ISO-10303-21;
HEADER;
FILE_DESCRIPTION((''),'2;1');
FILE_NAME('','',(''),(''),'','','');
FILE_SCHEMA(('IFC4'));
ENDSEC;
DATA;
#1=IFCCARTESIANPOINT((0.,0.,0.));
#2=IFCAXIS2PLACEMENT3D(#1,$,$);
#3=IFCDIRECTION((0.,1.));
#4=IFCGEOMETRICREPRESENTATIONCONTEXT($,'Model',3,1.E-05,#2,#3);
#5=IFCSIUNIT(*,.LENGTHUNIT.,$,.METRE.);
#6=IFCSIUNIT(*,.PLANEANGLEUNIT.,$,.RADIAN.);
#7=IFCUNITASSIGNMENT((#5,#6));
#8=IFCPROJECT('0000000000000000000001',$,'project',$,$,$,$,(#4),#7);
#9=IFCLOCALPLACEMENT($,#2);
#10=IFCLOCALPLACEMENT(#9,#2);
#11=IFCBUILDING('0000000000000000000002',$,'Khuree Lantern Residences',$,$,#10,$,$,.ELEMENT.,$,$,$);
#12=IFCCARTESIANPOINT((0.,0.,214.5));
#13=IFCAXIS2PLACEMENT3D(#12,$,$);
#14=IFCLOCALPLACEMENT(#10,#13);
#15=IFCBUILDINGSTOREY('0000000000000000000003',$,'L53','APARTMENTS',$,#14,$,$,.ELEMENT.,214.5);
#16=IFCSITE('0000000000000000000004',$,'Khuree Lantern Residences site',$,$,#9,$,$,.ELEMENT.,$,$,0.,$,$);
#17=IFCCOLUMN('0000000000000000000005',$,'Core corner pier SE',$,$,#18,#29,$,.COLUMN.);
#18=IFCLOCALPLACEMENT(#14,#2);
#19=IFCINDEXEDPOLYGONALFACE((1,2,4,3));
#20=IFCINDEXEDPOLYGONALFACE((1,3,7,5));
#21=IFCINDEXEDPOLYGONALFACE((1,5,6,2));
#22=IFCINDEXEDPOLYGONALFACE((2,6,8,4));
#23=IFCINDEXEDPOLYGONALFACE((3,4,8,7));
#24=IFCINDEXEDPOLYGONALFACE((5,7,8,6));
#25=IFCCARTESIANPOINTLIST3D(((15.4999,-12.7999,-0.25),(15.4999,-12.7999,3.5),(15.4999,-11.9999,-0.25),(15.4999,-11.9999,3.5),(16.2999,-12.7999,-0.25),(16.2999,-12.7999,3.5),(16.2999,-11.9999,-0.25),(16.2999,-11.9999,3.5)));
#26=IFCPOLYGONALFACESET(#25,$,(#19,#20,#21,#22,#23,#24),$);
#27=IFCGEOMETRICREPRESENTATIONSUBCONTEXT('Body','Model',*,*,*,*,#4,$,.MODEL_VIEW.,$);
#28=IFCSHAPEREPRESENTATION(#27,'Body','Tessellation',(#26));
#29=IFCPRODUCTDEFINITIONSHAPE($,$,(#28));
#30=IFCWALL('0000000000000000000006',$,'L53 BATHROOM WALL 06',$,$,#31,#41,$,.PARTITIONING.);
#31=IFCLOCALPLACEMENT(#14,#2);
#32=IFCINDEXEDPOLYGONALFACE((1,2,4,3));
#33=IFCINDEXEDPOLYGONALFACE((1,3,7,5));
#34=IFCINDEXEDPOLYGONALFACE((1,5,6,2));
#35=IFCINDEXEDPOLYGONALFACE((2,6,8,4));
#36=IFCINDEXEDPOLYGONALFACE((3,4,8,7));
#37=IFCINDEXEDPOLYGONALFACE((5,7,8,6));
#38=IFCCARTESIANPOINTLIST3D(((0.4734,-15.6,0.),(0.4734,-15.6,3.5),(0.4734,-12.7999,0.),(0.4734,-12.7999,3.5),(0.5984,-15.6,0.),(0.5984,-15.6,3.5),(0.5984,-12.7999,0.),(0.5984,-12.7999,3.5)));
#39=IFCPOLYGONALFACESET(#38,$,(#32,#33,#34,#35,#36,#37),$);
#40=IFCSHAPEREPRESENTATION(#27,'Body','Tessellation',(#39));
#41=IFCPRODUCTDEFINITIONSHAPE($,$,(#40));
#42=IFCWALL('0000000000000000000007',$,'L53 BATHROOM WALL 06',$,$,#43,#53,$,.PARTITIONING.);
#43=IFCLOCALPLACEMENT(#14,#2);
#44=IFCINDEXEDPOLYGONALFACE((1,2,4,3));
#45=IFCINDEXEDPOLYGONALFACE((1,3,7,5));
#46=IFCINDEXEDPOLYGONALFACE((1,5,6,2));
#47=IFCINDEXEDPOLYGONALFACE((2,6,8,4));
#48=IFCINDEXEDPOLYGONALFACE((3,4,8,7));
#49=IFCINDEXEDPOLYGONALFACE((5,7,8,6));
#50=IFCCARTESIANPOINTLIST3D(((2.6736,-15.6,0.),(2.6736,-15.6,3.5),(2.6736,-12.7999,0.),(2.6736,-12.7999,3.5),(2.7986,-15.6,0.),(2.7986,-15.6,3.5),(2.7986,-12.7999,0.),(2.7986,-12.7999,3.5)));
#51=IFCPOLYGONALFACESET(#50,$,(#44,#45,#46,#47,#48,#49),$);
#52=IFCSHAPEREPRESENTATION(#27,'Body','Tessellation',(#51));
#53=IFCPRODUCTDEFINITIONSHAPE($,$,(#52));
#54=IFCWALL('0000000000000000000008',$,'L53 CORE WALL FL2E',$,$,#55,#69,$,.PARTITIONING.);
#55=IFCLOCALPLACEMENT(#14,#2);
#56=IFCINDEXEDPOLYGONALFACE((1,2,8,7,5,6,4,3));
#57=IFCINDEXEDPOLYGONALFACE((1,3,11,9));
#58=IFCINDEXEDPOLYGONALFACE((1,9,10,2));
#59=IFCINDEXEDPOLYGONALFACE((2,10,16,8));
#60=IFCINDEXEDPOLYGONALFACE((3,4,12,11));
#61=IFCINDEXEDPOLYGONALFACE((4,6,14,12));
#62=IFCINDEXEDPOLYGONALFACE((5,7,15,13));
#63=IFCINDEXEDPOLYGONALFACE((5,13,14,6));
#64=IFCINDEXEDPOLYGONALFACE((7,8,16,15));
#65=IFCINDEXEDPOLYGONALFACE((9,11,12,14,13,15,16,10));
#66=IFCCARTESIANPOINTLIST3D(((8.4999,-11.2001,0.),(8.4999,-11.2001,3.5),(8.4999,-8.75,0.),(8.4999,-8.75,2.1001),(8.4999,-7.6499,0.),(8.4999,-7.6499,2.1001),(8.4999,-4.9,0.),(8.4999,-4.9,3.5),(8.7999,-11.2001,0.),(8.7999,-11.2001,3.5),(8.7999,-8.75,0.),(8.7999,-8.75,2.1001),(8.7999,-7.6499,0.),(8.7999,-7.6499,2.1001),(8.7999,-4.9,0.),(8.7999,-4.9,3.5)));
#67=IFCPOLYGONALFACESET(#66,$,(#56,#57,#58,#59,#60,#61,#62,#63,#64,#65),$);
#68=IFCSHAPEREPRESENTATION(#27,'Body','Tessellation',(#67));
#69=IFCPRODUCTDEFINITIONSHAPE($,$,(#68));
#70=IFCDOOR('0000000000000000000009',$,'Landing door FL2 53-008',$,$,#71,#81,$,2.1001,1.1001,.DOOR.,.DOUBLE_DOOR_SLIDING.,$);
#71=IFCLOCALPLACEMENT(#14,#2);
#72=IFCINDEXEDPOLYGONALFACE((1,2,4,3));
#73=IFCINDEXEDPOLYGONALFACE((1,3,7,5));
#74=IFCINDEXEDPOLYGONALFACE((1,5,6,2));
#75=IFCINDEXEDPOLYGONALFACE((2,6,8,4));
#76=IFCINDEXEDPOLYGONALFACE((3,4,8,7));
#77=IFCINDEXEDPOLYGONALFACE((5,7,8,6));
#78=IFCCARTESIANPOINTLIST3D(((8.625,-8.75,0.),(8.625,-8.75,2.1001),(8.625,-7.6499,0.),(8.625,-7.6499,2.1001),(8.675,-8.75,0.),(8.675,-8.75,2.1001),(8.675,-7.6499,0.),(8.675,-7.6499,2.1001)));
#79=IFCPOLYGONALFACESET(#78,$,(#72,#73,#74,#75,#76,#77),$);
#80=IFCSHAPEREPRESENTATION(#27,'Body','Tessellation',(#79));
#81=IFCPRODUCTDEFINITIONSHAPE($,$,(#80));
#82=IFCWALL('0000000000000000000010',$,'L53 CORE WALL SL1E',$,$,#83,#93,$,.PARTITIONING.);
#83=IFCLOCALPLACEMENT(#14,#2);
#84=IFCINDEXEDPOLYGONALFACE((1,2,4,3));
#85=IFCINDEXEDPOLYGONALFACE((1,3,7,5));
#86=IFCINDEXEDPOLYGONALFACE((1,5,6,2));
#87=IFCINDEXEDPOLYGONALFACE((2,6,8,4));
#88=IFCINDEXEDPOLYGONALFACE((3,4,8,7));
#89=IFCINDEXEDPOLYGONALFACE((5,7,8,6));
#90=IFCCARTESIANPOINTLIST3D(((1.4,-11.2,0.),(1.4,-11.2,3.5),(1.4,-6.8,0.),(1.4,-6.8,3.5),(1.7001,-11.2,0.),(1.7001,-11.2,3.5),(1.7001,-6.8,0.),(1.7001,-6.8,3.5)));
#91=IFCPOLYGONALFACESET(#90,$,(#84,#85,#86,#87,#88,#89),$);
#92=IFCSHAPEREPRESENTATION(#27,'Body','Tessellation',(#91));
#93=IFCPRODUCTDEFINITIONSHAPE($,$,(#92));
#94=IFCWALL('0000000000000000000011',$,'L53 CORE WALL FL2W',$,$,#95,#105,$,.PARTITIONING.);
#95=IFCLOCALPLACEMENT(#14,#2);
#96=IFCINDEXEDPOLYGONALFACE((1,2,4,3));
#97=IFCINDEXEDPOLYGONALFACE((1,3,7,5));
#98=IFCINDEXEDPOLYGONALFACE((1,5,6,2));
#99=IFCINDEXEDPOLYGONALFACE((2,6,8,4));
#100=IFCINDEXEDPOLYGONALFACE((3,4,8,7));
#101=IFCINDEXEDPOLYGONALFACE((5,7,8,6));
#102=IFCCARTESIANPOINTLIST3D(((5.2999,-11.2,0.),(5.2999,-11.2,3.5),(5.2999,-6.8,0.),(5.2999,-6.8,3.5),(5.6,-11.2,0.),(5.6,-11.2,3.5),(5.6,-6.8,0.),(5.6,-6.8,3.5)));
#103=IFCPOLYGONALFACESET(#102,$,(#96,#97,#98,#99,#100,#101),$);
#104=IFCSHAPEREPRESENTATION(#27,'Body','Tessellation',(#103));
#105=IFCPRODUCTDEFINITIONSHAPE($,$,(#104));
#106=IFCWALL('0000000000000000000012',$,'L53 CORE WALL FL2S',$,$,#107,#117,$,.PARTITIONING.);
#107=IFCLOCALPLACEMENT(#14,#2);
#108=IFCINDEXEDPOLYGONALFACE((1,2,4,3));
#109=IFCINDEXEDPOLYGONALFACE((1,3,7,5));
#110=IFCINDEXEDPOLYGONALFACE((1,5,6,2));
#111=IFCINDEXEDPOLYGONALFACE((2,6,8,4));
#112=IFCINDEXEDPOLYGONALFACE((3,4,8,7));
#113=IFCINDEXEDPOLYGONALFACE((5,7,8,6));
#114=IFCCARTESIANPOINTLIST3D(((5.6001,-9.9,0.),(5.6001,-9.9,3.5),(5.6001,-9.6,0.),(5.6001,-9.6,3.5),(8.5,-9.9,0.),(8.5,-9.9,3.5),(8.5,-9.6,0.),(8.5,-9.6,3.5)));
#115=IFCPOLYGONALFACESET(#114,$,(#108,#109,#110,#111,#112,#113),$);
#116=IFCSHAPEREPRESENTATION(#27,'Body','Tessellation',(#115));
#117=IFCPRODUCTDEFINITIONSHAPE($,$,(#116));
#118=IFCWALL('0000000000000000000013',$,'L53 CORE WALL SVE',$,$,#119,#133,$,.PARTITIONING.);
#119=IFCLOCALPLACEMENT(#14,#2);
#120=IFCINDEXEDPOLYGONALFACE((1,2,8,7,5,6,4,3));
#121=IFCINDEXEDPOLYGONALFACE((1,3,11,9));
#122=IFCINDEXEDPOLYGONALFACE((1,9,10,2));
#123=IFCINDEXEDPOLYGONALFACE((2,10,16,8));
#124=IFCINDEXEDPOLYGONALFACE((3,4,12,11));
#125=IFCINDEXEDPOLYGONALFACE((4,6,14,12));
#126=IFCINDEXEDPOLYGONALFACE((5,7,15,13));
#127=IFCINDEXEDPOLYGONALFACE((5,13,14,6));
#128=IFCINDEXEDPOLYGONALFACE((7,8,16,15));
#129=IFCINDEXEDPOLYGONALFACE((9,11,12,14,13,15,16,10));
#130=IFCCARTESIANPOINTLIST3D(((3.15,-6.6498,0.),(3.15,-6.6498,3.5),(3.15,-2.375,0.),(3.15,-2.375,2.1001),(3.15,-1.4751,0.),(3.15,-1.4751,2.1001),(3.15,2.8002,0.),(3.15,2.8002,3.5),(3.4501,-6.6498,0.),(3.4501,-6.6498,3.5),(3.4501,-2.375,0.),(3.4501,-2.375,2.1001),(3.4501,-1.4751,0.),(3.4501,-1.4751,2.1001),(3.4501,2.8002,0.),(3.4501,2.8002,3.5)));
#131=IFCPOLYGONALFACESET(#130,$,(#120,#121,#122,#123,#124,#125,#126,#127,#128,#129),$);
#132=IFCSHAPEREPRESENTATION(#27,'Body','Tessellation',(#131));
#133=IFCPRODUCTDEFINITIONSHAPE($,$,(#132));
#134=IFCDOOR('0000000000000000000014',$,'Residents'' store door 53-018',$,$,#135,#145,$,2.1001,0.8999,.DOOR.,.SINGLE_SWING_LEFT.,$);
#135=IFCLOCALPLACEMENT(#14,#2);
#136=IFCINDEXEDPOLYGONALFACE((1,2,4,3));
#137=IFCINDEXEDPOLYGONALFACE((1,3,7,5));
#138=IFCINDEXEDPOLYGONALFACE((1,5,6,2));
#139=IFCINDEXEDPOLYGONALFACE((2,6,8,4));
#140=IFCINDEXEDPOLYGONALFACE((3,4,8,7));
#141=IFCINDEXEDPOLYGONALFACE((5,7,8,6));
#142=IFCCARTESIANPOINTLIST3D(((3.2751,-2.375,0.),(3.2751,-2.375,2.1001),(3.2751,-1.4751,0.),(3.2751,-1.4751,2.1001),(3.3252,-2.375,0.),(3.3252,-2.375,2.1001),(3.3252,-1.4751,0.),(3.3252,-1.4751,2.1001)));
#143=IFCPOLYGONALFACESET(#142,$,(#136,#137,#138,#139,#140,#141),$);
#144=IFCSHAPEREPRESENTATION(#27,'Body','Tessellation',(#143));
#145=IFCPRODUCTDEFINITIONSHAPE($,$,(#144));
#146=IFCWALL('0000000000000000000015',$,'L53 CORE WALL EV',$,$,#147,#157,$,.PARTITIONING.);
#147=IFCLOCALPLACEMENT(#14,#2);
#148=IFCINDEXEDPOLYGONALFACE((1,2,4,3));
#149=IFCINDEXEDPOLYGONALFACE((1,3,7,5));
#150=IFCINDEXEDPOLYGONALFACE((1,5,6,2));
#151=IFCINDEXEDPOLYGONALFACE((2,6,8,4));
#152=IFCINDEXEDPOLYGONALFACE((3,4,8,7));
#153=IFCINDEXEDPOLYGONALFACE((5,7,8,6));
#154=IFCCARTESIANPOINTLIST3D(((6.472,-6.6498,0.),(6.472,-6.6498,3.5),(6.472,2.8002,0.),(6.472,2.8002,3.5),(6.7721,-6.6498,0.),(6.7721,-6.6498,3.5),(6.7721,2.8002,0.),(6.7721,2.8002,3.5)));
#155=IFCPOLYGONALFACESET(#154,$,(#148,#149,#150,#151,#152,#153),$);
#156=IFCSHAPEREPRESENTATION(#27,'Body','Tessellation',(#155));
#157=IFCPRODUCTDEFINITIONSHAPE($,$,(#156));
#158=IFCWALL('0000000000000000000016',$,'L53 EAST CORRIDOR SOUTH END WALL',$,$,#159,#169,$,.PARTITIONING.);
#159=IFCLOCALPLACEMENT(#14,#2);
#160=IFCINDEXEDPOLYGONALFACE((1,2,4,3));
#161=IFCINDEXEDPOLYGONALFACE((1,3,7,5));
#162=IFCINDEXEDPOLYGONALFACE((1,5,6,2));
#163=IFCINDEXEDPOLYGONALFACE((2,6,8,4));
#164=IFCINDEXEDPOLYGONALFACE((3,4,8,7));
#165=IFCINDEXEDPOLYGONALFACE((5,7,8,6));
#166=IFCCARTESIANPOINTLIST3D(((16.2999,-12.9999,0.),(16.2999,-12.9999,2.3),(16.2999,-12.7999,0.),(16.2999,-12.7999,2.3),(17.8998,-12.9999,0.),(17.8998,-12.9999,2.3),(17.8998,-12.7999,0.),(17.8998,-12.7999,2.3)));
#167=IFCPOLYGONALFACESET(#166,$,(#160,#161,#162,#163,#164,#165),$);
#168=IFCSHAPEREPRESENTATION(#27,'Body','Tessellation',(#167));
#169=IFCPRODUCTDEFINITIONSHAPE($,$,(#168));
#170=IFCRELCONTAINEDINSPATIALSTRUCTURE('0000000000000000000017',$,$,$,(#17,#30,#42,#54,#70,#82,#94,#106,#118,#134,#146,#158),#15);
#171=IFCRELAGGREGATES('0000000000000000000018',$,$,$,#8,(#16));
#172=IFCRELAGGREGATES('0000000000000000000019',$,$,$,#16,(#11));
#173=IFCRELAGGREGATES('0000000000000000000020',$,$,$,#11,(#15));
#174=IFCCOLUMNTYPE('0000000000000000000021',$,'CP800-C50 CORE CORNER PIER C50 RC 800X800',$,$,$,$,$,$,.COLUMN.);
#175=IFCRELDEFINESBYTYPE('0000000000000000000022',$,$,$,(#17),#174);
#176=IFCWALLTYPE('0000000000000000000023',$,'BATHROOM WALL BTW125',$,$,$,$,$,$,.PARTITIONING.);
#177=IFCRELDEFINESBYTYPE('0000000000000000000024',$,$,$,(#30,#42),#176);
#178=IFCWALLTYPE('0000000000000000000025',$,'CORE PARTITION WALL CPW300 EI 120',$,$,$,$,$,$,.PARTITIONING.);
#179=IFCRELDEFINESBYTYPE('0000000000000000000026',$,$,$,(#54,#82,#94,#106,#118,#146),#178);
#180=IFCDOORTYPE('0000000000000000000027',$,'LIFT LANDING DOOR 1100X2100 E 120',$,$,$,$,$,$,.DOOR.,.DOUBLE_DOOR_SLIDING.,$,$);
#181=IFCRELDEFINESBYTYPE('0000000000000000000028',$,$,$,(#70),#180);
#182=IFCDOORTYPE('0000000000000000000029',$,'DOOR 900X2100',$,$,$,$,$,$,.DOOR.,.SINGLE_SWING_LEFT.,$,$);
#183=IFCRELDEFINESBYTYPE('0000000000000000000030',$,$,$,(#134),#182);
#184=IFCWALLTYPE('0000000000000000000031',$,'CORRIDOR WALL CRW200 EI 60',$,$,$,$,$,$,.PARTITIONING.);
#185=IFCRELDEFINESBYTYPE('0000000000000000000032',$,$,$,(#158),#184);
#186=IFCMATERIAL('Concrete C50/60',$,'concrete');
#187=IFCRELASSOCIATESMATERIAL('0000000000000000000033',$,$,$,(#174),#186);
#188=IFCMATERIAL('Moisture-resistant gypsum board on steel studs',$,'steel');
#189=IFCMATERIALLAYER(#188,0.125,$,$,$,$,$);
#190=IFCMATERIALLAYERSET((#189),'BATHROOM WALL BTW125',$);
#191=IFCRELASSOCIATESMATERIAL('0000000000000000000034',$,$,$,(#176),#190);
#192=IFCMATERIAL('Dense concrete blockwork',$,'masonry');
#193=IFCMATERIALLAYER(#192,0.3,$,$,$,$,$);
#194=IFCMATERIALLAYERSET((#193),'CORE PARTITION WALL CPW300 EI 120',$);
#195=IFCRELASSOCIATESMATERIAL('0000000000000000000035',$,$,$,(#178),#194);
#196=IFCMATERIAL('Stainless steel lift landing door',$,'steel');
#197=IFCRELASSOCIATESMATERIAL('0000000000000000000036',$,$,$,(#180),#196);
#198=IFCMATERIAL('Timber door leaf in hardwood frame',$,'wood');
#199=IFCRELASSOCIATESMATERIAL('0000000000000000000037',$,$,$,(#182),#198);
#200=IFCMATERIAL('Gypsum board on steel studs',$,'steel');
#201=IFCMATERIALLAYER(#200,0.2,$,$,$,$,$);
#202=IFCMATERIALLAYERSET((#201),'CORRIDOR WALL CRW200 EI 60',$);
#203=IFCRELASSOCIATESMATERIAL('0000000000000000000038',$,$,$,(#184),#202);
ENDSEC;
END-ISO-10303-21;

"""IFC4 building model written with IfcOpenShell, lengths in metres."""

from ifc_helpers import new_model, si_unit, direction, frame, frame_2d, origin, origin_2d, place, context, subcontext, project, spatial, rectangle, extrude, material, layer, layer_set, material_profile, profile_set, type_object, element, fill, save


model = new_model("IFC4")

# Units and contexts
model_context = context("Model", 3, precision=1e-05, world=origin(), true_north=direction((0.0, 1.0)))
body_context = subcontext(model_context, "Body", "Model", "MODEL_VIEW")
ifc_project = project(units=[si_unit("LENGTHUNIT", "METRE"), si_unit("PLANEANGLEUNIT", "RADIAN")], contexts=[model_context])

# Site, building, storey
site_placement = place(None, origin())
site = spatial("IfcSite", under=ifc_project, at=site_placement, Name="Khuree Lantern Residences site", CompositionType="ELEMENT", RefElevation=0.0)
building_placement = place(site_placement, origin())
building = spatial("IfcBuilding", under=site, at=building_placement, Name="Khuree Lantern Residences", CompositionType="ELEMENT")
storey_placement = place(building_placement, frame((0.0, 0.0, 214.5)))
storey = spatial("IfcBuildingStorey", under=building, at=storey_placement, Name="L53", Description="APARTMENTS", CompositionType="ELEMENT", Elevation=214.5)

# Column
ifc_material_1 = material(Name="Concrete C50/60", Category="concrete")
ifc_material_profile = material_profile(ifc_material_1, rectangle(XDim=0.8, YDim=0.8, at=origin_2d()), Name="RC 800X800")
ifc_profile_set = profile_set([ifc_material_profile], Name="Concrete C50/60")
column_type = type_object("IfcColumnType", Name="CP800-C50 CORE CORNER PIER C50 RC 800X800", PredefinedType="COLUMN", material=ifc_profile_set)
column_placement = place(storey_placement, frame((15.8999, -12.3999, -0.25), z_axis=(0.0, 0.0, 1.0), x_axis=(1.0, 0.0, 0.0)))
element("IfcColumn", 1, at=column_placement, inside=storey, type_object=column_type, Name="Core corner pier SE", PredefinedType="COLUMN", context=body_context, shape_type="SweptSolid", body=[
    extrude(rectangle(XDim=0.8, YDim=0.8, at=origin_2d()), origin(), (0.0, 0.0, 1.0), 3.75),
])

# Walls
ifc_material_2 = material(Name="Moisture-resistant gypsum board on steel studs", Category="steel")
ifc_layer_1 = layer(ifc_material_2, 0.125)
ifc_layer_set_1 = layer_set([ifc_layer_1], Name="BATHROOM WALL BTW125")
wall_type_1 = type_object("IfcWallType", Name="BATHROOM WALL BTW125", PredefinedType="PARTITIONING", material=ifc_layer_set_1)
for number, where, z_axis, x_axis, name in (
    (2, (0.5359, -12.8, 0.0), (0.0, 0.0, 1.0), (0.0, -1.0, 0.0), "L53 BATHROOM WALL 06"),
    (3, (2.7361, -12.8, 0.0), (0.0, 0.0, 1.0), (0.0, -1.0, 0.0), "L53 BATHROOM WALL 06"),
):
    element("IfcWall", number, at=place(storey_placement, frame(where, z_axis=z_axis, x_axis=x_axis)), inside=storey, type_object=wall_type_1, Name=name, PredefinedType="PARTITIONING", context=body_context, shape_type="SweptSolid", body=[
        extrude(rectangle(XDim=2.8, YDim=0.125, at=frame_2d((1.3999, 0.0))), origin(), (0.0, 0.0, 1.0), 3.5),
    ])

# Wall, opening, door
ifc_material_3 = material(Name="Dense concrete blockwork", Category="masonry")
ifc_layer_2 = layer(ifc_material_3, 0.3)
ifc_layer_set_2 = layer_set([ifc_layer_2], Name="CORE PARTITION WALL CPW300 EI 120")
wall_type_2 = type_object("IfcWallType", Name="CORE PARTITION WALL CPW300 EI 120", PredefinedType="PARTITIONING", material=ifc_layer_set_2)
wall_1_placement = place(storey_placement, frame((8.6499, -11.2, 0.0), z_axis=(0.0, 0.0, 1.0), x_axis=(0.0, 1.0, 0.0)))
wall_1 = element("IfcWall", 4, at=wall_1_placement, inside=storey, type_object=wall_type_2, Name="L53 CORE WALL FL2E", PredefinedType="PARTITIONING", context=body_context, shape_type="SweptSolid", body=[
    extrude(rectangle(XDim=6.3, YDim=0.3, at=frame_2d((3.1499, 0.0))), origin(), (0.0, 0.0, 1.0), 3.5),
])
opening_1_placement = place(wall_1_placement, frame((2.45, 0.0, 0.0)))
opening_1 = element("IfcOpeningElement", 5, at=opening_1_placement, cuts=wall_1, PredefinedType="OPENING", context=body_context, shape_type="SweptSolid", body=[
    extrude(rectangle(XDim=1.1001, YDim=2.1001, at=frame_2d((0.55, 1.05))), frame((0.0, 0.1602, 0.0), z_axis=(0.0, -1.0, 0.0), x_axis=(1.0, 0.0, 0.0)), (0.0, 0.0, 1.0), 0.3201),
])
ifc_material_4 = material(Name="Stainless steel lift landing door", Category="steel")
door_type_1 = type_object("IfcDoorType", Name="LIFT LANDING DOOR 1100X2100 E 120", OperationType="DOUBLE_DOOR_SLIDING", PredefinedType="DOOR", material=ifc_material_4)
door_1_placement = place(opening_1_placement, origin())
door_1 = element("IfcDoor", 6, at=door_1_placement, inside=storey, type_object=door_type_1, Name="Landing door FL2 53-008", OperationType="DOUBLE_DOOR_SLIDING", OverallHeight=2.1001, OverallWidth=1.1001, PredefinedType="DOOR", context=body_context, shape_type="SweptSolid", body=[
    extrude(rectangle(XDim=1.1001, YDim=2.1001, at=frame_2d((0.55, 1.05))), frame((0.0, 0.0249, 0.0), z_axis=(0.0, -1.0, 0.0), x_axis=(1.0, 0.0, 0.0)), (0.0, 0.0, 1.0), 0.05),
])
fill(opening_1, door_1)

# Walls
for number, where, z_axis, x_axis, name in (
    (7, (1.55, -11.2, 0.0), (0.0, 0.0, 1.0), (0.0, 1.0, 0.0), "L53 CORE WALL SL1E"),
    (8, (5.45, -11.2, 0.0), (0.0, 0.0, 1.0), (0.0, 1.0, 0.0), "L53 CORE WALL FL2W"),
):
    element("IfcWall", number, at=place(storey_placement, frame(where, z_axis=z_axis, x_axis=x_axis)), inside=storey, type_object=wall_type_2, Name=name, PredefinedType="PARTITIONING", context=body_context, shape_type="SweptSolid", body=[
        extrude(rectangle(XDim=4.3999, YDim=0.3, at=frame_2d((2.2, 0.0))), origin(), (0.0, 0.0, 1.0), 3.5),
    ])
wall_2_placement = place(storey_placement, frame((5.6001, -9.75, 0.0), z_axis=(0.0, 0.0, 1.0), x_axis=(1.0, 0.0, 0.0)))
element("IfcWall", 9, at=wall_2_placement, inside=storey, type_object=wall_type_2, Name="L53 CORE WALL FL2S", PredefinedType="PARTITIONING", context=body_context, shape_type="SweptSolid", body=[
    extrude(rectangle(XDim=2.8999, YDim=0.3, at=frame_2d((1.45, 0.0))), origin(), (0.0, 0.0, 1.0), 3.5),
])

# Wall, opening, door
wall_3_placement = place(storey_placement, frame((3.3, -6.6499, 0.0), z_axis=(0.0, 0.0, 1.0), x_axis=(0.0, 1.0, 0.0)))
wall_3 = element("IfcWall", 10, at=wall_3_placement, inside=storey, type_object=wall_type_2, Name="L53 CORE WALL SVE", PredefinedType="PARTITIONING", context=body_context, shape_type="SweptSolid", body=[
    extrude(rectangle(XDim=9.45, YDim=0.3, at=frame_2d((4.7251, 0.0))), origin(), (0.0, 0.0, 1.0), 3.5),
])
opening_2_placement = place(wall_3_placement, frame((4.2749, 0.0, 0.0)))
opening_2 = element("IfcOpeningElement", 11, at=opening_2_placement, cuts=wall_3, PredefinedType="OPENING", context=body_context, shape_type="SweptSolid", body=[
    extrude(rectangle(XDim=0.8999, YDim=2.1001, at=frame_2d((0.45, 1.05))), frame((0.0, 0.1602, 0.0), z_axis=(0.0, -1.0, 0.0), x_axis=(1.0, 0.0, 0.0)), (0.0, 0.0, 1.0), 0.3201),
])
ifc_material_5 = material(Name="Timber door leaf in hardwood frame", Category="wood")
door_type_2 = type_object("IfcDoorType", Name="DOOR 900X2100", OperationType="SINGLE_SWING_LEFT", PredefinedType="DOOR", material=ifc_material_5)
door_2_placement = place(opening_2_placement, origin())
door_2 = element("IfcDoor", 12, at=door_2_placement, inside=storey, type_object=door_type_2, Name="Residents' store door 53-018", OperationType="SINGLE_SWING_LEFT", OverallHeight=2.1001, OverallWidth=0.8999, PredefinedType="DOOR", context=body_context, shape_type="SweptSolid", body=[
    extrude(rectangle(XDim=0.8999, YDim=2.1001, at=frame_2d((0.45, 1.05))), frame((0.0, 0.0249, 0.0), z_axis=(0.0, -1.0, 0.0), x_axis=(1.0, 0.0, 0.0)), (0.0, 0.0, 1.0), 0.05),
])
fill(opening_2, door_2)

# Walls
wall_4_placement = place(storey_placement, frame((6.6221, -6.6499, 0.0), z_axis=(0.0, 0.0, 1.0), x_axis=(0.0, 1.0, 0.0)))
element("IfcWall", 13, at=wall_4_placement, inside=storey, type_object=wall_type_2, Name="L53 CORE WALL EV", PredefinedType="PARTITIONING", context=body_context, shape_type="SweptSolid", body=[
    extrude(rectangle(XDim=9.45, YDim=0.3, at=frame_2d((4.7251, 0.0))), origin(), (0.0, 0.0, 1.0), 3.5),
])
ifc_material_6 = material(Name="Gypsum board on steel studs", Category="steel")
ifc_layer_3 = layer(ifc_material_6, 0.2)
ifc_layer_set_3 = layer_set([ifc_layer_3], Name="CORRIDOR WALL CRW200 EI 60")
wall_type_3 = type_object("IfcWallType", Name="CORRIDOR WALL CRW200 EI 60", PredefinedType="PARTITIONING", material=ifc_layer_set_3)
wall_5_placement = place(storey_placement, frame((16.3, -12.8999, 0.0), z_axis=(0.0, 0.0, 1.0), x_axis=(1.0, 0.0, 0.0)))
element("IfcWall", 14, at=wall_5_placement, inside=storey, type_object=wall_type_3, Name="L53 EAST CORRIDOR SOUTH END WALL", PredefinedType="PARTITIONING", context=body_context, shape_type="SweptSolid", body=[
    extrude(rectangle(XDim=1.5999, YDim=0.2, at=frame_2d((0.7998, 0.0))), origin(), (0.0, 0.0, 1.0), 2.3),
])

save(model, "model.ifc")
